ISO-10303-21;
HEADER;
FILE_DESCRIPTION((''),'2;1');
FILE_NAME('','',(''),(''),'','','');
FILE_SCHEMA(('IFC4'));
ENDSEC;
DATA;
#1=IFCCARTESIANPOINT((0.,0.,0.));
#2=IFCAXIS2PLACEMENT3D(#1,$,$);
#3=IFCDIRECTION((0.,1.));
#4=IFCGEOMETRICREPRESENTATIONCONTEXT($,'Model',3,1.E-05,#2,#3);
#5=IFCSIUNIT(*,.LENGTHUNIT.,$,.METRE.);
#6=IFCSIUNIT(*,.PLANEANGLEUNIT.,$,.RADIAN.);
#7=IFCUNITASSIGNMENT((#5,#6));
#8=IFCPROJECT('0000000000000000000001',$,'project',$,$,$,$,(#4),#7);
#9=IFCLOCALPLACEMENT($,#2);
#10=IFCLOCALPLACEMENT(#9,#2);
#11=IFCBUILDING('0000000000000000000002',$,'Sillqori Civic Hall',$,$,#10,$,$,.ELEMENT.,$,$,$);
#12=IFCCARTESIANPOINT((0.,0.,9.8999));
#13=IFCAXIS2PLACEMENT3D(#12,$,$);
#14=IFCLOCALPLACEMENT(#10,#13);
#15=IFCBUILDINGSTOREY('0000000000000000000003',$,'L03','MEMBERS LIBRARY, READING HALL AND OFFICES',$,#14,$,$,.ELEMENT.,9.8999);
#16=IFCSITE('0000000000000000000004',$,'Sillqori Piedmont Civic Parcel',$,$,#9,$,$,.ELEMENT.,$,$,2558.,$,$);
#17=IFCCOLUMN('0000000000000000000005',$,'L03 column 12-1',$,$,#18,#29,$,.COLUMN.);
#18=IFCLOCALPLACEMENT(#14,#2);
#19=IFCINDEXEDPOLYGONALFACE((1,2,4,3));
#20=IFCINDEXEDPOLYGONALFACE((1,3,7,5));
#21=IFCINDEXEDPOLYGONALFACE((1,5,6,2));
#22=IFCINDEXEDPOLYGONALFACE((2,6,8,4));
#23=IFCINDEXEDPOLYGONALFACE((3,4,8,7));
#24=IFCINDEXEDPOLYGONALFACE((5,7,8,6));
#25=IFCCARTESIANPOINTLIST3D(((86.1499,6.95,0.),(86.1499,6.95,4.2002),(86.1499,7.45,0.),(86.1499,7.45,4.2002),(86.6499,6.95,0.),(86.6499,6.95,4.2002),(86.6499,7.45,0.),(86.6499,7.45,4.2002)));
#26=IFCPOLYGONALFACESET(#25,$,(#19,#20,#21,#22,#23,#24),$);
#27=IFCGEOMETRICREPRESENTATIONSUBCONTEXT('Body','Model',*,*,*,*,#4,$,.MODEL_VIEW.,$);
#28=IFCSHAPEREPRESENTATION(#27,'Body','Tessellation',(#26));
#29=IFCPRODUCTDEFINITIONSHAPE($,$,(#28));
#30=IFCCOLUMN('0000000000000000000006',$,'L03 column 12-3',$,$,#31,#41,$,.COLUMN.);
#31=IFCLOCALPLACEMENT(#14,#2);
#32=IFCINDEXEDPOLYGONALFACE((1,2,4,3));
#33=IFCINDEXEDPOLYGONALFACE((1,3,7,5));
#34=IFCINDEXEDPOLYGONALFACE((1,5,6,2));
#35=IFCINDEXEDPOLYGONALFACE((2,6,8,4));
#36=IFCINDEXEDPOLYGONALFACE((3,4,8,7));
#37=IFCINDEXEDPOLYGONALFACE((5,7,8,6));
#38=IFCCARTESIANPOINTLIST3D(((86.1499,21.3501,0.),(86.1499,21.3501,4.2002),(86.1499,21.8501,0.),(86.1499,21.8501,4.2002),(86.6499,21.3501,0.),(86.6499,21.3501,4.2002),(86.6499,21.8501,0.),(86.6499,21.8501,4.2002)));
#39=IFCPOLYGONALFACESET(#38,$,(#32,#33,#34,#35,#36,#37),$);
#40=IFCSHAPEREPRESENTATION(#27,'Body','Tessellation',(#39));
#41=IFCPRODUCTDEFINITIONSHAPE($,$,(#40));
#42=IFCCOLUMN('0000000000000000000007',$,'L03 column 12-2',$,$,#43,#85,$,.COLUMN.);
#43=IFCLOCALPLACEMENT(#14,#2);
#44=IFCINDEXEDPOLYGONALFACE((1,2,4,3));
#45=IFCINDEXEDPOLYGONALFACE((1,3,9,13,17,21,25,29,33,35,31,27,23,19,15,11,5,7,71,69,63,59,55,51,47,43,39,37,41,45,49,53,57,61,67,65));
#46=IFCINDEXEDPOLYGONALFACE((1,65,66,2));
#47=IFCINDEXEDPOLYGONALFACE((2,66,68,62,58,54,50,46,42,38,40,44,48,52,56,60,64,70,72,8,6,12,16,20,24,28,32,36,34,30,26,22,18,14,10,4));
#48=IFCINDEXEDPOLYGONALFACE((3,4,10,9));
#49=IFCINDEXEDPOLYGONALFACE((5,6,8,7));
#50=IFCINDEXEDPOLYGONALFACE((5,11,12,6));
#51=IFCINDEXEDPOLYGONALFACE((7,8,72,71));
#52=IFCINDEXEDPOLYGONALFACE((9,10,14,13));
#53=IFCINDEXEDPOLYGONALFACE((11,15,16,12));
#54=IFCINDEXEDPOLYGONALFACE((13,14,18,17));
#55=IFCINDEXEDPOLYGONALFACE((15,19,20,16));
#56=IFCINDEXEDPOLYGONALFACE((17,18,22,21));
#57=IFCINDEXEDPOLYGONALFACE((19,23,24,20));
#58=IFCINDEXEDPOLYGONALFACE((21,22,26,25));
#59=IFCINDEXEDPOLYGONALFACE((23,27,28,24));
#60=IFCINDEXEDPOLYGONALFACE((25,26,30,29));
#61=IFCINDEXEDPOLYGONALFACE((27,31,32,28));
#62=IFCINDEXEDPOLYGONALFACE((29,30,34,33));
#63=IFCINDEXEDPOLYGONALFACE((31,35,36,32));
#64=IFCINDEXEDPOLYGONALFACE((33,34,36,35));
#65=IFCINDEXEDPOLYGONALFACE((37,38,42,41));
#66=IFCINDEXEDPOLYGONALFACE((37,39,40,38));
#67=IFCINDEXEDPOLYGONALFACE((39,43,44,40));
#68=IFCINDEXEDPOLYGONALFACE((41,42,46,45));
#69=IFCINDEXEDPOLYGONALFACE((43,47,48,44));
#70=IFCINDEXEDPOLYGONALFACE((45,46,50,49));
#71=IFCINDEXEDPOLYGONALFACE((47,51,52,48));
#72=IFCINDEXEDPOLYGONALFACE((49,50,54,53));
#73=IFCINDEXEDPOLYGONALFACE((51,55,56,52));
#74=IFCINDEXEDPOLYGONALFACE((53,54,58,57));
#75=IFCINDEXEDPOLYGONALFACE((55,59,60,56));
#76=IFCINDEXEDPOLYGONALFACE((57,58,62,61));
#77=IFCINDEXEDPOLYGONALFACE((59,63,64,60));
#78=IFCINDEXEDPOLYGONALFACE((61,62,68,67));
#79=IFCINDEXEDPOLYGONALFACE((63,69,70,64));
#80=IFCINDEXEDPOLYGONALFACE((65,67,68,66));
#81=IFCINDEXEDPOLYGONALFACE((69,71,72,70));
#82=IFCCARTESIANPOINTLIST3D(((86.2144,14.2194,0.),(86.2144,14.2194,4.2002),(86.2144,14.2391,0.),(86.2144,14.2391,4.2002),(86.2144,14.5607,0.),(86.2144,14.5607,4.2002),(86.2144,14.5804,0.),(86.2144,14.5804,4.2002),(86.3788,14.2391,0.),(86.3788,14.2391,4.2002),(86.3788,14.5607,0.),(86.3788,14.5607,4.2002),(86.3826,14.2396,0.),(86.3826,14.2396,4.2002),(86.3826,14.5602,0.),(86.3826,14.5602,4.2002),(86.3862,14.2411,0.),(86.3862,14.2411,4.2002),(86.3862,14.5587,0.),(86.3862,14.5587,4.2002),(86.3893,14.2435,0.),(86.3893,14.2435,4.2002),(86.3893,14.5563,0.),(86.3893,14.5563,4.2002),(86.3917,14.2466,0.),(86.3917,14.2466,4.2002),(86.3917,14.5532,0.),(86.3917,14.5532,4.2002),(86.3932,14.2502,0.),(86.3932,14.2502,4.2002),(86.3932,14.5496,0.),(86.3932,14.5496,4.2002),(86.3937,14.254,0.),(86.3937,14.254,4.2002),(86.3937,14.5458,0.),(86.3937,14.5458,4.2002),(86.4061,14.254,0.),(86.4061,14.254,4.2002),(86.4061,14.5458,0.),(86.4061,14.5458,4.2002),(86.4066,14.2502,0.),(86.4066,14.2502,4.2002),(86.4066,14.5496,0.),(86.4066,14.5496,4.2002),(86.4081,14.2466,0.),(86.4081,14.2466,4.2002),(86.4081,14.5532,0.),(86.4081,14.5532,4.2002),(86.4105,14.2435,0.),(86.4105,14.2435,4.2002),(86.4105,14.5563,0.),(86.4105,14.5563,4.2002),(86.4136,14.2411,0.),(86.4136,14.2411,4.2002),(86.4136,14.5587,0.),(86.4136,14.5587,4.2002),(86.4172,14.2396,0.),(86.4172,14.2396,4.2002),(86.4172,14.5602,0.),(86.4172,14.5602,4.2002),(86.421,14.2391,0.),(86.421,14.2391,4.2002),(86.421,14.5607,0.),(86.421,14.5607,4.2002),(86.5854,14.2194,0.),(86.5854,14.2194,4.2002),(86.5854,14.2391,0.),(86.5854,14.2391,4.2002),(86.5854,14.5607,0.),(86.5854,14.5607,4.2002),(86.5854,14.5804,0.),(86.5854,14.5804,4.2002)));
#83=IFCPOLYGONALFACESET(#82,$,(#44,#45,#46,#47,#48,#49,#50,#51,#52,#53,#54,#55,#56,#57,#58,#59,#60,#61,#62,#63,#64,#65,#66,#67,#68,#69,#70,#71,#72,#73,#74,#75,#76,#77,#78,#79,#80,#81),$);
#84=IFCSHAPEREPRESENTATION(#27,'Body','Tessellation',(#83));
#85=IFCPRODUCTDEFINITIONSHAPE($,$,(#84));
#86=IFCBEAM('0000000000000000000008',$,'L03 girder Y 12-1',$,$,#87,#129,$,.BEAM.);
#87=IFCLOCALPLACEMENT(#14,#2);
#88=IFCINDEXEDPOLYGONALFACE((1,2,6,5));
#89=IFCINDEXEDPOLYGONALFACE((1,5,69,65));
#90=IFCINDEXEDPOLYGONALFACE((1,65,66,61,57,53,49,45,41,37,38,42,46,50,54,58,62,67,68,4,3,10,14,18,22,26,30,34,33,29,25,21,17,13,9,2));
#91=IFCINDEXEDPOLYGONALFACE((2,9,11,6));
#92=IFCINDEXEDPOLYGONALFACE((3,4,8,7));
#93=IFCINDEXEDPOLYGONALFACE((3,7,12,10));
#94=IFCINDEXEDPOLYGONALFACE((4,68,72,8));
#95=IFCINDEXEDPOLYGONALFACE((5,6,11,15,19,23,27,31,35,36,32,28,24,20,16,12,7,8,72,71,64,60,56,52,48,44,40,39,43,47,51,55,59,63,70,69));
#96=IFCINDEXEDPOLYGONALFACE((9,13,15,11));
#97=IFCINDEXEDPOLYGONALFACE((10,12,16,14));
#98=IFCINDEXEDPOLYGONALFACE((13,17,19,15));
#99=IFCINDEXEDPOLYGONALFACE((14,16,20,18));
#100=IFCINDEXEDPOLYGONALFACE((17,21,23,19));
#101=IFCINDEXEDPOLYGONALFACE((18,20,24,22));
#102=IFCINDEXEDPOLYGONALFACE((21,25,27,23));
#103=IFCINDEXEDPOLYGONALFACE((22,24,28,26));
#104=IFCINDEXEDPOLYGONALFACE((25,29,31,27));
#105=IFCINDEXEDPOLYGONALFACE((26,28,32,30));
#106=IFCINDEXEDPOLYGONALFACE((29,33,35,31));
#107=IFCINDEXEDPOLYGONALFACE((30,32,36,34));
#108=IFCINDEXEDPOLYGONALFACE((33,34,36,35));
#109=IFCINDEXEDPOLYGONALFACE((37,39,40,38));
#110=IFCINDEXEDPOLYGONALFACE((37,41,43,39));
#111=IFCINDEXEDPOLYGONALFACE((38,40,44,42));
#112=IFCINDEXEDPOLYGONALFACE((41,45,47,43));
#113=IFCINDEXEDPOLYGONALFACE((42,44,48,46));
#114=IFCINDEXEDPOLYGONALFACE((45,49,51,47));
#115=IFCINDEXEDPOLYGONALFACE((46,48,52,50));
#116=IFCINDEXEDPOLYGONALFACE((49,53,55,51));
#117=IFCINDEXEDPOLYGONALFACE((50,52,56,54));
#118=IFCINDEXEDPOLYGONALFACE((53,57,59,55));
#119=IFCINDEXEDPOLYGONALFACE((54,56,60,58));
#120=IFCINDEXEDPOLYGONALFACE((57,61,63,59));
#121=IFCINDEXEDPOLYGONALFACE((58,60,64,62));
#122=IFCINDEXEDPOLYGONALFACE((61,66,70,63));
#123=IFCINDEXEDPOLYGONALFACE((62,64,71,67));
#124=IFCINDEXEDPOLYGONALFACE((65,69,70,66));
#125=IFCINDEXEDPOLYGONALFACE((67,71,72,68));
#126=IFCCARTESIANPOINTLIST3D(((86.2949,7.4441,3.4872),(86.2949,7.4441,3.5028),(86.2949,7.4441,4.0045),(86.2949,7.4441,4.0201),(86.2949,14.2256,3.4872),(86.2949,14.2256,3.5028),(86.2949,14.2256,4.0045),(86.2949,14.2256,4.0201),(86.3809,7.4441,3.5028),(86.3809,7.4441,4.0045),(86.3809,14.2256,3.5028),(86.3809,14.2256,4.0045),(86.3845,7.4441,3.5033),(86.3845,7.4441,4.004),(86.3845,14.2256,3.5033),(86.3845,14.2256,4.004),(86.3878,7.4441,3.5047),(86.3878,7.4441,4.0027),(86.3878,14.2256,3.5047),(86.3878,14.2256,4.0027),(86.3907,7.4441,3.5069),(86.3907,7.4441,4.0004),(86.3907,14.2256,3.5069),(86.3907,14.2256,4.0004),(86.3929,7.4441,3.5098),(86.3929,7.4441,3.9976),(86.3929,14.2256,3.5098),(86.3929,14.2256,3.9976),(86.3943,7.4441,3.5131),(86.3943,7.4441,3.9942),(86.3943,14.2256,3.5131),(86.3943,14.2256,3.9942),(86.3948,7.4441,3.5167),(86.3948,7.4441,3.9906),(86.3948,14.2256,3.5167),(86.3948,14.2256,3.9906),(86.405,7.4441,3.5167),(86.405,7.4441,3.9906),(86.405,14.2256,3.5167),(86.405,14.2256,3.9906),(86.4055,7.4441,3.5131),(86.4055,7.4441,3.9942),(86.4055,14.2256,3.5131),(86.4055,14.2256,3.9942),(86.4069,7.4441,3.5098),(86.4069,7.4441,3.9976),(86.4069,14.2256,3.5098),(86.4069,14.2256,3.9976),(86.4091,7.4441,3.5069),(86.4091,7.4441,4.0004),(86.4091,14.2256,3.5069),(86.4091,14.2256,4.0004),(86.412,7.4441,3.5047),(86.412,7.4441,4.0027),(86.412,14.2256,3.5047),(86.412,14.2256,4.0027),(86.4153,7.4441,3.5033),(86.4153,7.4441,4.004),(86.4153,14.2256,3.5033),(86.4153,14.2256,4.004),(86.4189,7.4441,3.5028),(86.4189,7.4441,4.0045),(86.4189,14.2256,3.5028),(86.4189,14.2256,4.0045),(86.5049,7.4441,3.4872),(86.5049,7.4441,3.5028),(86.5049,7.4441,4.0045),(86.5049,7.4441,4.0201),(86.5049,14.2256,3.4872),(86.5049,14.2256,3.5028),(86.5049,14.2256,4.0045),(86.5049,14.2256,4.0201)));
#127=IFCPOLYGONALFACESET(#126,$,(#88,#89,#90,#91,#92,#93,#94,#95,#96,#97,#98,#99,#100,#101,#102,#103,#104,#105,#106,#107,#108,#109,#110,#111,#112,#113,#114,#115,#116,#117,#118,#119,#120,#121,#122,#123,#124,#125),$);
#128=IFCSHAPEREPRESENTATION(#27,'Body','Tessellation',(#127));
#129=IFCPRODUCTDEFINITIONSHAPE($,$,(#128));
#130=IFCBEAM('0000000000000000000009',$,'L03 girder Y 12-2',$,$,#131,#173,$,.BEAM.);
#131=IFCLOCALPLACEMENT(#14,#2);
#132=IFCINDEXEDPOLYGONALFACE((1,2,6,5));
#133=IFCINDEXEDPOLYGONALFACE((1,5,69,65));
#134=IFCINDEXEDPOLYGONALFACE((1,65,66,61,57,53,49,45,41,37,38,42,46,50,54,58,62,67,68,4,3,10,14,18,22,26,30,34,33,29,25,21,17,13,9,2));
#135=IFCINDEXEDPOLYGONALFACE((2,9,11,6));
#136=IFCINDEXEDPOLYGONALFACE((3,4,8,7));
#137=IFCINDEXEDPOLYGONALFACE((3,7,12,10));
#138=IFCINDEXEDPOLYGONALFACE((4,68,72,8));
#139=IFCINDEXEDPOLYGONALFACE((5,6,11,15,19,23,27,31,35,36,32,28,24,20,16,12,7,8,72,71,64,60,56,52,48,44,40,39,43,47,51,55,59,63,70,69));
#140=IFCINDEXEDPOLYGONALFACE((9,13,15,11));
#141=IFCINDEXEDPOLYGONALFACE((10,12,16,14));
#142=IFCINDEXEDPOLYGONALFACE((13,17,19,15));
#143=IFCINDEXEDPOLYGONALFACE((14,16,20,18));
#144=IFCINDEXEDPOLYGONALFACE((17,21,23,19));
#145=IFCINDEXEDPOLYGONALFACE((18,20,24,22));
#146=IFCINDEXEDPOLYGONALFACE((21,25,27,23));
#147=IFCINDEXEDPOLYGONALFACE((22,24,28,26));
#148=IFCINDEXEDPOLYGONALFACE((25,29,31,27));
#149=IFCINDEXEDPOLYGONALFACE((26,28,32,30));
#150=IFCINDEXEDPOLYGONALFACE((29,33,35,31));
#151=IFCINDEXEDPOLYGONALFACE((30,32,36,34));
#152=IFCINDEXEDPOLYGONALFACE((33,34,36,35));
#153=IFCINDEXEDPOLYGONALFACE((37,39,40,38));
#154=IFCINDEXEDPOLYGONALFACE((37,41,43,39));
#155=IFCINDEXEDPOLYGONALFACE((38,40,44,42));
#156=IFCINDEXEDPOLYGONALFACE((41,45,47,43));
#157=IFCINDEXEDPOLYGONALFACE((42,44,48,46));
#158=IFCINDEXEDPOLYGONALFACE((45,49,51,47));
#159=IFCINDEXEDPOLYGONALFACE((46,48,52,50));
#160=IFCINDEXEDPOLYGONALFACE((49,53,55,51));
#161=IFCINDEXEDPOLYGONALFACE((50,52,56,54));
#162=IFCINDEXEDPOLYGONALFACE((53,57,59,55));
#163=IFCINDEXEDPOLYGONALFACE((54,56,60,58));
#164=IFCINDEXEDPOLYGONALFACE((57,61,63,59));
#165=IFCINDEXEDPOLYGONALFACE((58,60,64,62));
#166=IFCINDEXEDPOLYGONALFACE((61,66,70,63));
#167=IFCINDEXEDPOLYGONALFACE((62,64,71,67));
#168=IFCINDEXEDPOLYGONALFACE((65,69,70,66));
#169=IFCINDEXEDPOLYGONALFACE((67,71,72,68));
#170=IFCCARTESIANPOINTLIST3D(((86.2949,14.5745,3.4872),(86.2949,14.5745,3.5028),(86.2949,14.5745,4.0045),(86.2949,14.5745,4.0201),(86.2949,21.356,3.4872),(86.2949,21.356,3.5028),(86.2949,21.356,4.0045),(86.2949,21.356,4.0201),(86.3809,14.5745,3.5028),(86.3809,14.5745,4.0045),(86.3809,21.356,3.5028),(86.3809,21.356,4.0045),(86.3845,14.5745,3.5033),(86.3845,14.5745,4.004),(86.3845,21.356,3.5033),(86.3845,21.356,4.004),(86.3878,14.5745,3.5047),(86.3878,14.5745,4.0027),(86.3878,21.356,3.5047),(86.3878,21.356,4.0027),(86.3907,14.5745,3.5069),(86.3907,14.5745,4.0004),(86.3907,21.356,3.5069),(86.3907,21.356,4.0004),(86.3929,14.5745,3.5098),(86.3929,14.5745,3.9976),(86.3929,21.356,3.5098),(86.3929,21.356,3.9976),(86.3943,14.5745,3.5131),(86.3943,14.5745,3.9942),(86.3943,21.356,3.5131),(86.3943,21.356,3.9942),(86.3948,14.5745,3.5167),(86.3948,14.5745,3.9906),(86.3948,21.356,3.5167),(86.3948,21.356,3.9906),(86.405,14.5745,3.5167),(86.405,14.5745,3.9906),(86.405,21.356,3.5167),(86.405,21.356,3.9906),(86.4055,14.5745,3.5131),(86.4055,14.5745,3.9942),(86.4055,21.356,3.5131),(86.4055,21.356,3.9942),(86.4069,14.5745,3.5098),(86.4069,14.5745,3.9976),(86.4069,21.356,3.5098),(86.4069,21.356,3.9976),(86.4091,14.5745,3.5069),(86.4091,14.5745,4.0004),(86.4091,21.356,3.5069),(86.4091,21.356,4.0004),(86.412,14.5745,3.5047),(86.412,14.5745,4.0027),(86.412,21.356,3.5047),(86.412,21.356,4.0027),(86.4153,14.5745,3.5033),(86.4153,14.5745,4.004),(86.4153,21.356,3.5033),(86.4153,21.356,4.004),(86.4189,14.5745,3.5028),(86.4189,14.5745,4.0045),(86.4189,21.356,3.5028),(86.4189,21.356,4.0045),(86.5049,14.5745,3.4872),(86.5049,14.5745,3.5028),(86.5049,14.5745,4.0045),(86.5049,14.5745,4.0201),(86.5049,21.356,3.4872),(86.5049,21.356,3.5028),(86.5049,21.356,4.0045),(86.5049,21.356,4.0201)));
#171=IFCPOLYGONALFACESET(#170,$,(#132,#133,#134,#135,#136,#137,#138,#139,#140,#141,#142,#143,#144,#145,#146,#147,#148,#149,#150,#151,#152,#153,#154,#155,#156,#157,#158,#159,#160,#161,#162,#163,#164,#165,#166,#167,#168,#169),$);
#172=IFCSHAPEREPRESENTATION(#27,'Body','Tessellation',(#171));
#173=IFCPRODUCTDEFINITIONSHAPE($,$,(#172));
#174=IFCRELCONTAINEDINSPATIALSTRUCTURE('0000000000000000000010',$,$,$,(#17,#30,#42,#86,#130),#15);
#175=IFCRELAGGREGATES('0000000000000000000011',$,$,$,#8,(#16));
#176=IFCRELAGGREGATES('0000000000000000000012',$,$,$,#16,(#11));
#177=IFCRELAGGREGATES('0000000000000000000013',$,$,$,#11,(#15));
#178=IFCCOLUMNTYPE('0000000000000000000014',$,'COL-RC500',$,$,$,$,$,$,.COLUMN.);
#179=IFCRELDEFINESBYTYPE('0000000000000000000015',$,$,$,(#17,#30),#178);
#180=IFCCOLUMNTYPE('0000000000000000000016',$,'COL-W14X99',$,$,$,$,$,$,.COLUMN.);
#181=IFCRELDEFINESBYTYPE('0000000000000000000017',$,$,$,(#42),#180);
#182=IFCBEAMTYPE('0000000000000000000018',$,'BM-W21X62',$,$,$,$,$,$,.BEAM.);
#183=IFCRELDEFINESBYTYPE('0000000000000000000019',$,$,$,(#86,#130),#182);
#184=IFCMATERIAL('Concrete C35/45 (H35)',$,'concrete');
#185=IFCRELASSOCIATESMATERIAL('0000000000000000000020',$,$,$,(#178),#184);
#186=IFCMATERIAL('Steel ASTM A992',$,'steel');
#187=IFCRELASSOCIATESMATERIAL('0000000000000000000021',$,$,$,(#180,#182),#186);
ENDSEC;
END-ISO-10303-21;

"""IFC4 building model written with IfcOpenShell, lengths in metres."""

from ifc_helpers import new_model, si_unit, direction, frame, origin, origin_2d, place, context, subcontext, project, spatial, rectangle, i_section, extrude, material, material_profile, profile_set, type_object, element, save


model = new_model("IFC4")

# Units and contexts
model_context = context("Model", 3, precision=1e-05, world=origin(), true_north=direction((0.0, 1.0)))
body_context = subcontext(model_context, "Body", "Model", "MODEL_VIEW")
ifc_project = project(units=[si_unit("LENGTHUNIT", "METRE"), si_unit("PLANEANGLEUNIT", "RADIAN")], contexts=[model_context])

# Site, building, storey
site_placement = place(None, origin())
site = spatial("IfcSite", under=ifc_project, at=site_placement, Name="Sillqori Piedmont Civic Parcel", CompositionType="ELEMENT", RefElevation=2558.0)
building_placement = place(site_placement, origin())
building = spatial("IfcBuilding", under=site, at=building_placement, Name="Sillqori Civic Hall", CompositionType="ELEMENT")
storey_placement = place(building_placement, frame((0.0, 0.0, 9.8999)))
storey = spatial("IfcBuildingStorey", under=building, at=storey_placement, Name="L03", Description="MEMBERS LIBRARY, READING HALL AND OFFICES", CompositionType="ELEMENT", Elevation=9.8999)

# Columns
ifc_material_1 = material(Name="Concrete C35/45 (H35)", Category="concrete")
ifc_material_profile_1 = material_profile(ifc_material_1, rectangle(XDim=0.5, YDim=0.5, at=origin_2d()), Name="RC 500x500")
ifc_profile_set_1 = profile_set([ifc_material_profile_1], Name="Concrete C35/45 (H35)")
column_type_1 = type_object("IfcColumnType", Name="COL-RC500", PredefinedType="COLUMN", material=ifc_profile_set_1)
for number, where, z_axis, x_axis, name in (
    (1, (86.3999, 7.2, 0.0), (0.0, 0.0, 1.0), (1.0, 0.0, 0.0), "L03 column 12-1"),
    (2, (86.3999, 21.6001, 0.0), (0.0, 0.0, 1.0), (1.0, 0.0, 0.0), "L03 column 12-3"),
):
    element("IfcColumn", number, at=place(storey_placement, frame(where, z_axis=z_axis, x_axis=x_axis)), inside=storey, type_object=column_type_1, Name=name, PredefinedType="COLUMN", context=body_context, shape_type="SweptSolid", body=[
        extrude(rectangle(XDim=0.5, YDim=0.5, at=origin_2d()), origin(), (0.0, 0.0, 1.0), 4.2002),
    ])
ifc_material_2 = material(Name="Steel ASTM A992", Category="steel")
ifc_material_profile_2 = material_profile(ifc_material_2, i_section(OverallWidth=0.3711, OverallDepth=0.3611, WebThickness=0.0125, FlangeThickness=0.0198, FilletRadius=0.0149, at=origin_2d()), Name="W14X99")
ifc_profile_set_2 = profile_set([ifc_material_profile_2], Name="Steel ASTM A992")
column_type_2 = type_object("IfcColumnType", Name="COL-W14X99", PredefinedType="COLUMN", material=ifc_profile_set_2)
column_placement = place(storey_placement, frame((86.3999, 14.3999, 0.0), z_axis=(0.0, 0.0, 1.0), x_axis=(1.0, 0.0, 0.0)))
element("IfcColumn", 3, at=column_placement, inside=storey, type_object=column_type_2, Name="L03 column 12-2", PredefinedType="COLUMN", context=body_context, shape_type="SweptSolid", body=[
    extrude(i_section(OverallWidth=0.3711, OverallDepth=0.3611, WebThickness=0.0125, FlangeThickness=0.0198, FilletRadius=0.0149, at=origin_2d()), origin(), (0.0, 0.0, 1.0), 4.2002),
])

# Beams
ifc_material_profile_3 = material_profile(ifc_material_2, i_section(OverallWidth=0.21, OverallDepth=0.533, WebThickness=0.0103, FlangeThickness=0.0156, FilletRadius=0.0139, at=origin_2d()), Name="W21X62")
ifc_profile_set_3 = profile_set([ifc_material_profile_3], Name="Steel ASTM A992")
beam_type_1 = type_object("IfcBeamType", Name="BM-W21X62", PredefinedType="BEAM", material=ifc_profile_set_3)
for number, where, z_axis, x_axis, name in (
    (4, (86.3999, 7.4441, 3.7537), (0.0, 1.0, 0.0), (-1.0, 0.0, 0.0), "L03 girder Y 12-1"),
    (5, (86.3999, 14.5745, 3.7537), (0.0, 1.0, 0.0), (-1.0, 0.0, 0.0), "L03 girder Y 12-2"),
):
    element("IfcBeam", number, at=place(storey_placement, frame(where, z_axis=z_axis, x_axis=x_axis)), inside=storey, type_object=beam_type_1, Name=name, PredefinedType="BEAM", context=body_context, shape_type="SweptSolid", body=[
        extrude(i_section(OverallWidth=0.21, OverallDepth=0.533, WebThickness=0.0103, FlangeThickness=0.0156, FilletRadius=0.0139, at=origin_2d()), origin(), (0.0, 0.0, 1.0), 6.7815),
    ])

save(model, "model.ifc")
